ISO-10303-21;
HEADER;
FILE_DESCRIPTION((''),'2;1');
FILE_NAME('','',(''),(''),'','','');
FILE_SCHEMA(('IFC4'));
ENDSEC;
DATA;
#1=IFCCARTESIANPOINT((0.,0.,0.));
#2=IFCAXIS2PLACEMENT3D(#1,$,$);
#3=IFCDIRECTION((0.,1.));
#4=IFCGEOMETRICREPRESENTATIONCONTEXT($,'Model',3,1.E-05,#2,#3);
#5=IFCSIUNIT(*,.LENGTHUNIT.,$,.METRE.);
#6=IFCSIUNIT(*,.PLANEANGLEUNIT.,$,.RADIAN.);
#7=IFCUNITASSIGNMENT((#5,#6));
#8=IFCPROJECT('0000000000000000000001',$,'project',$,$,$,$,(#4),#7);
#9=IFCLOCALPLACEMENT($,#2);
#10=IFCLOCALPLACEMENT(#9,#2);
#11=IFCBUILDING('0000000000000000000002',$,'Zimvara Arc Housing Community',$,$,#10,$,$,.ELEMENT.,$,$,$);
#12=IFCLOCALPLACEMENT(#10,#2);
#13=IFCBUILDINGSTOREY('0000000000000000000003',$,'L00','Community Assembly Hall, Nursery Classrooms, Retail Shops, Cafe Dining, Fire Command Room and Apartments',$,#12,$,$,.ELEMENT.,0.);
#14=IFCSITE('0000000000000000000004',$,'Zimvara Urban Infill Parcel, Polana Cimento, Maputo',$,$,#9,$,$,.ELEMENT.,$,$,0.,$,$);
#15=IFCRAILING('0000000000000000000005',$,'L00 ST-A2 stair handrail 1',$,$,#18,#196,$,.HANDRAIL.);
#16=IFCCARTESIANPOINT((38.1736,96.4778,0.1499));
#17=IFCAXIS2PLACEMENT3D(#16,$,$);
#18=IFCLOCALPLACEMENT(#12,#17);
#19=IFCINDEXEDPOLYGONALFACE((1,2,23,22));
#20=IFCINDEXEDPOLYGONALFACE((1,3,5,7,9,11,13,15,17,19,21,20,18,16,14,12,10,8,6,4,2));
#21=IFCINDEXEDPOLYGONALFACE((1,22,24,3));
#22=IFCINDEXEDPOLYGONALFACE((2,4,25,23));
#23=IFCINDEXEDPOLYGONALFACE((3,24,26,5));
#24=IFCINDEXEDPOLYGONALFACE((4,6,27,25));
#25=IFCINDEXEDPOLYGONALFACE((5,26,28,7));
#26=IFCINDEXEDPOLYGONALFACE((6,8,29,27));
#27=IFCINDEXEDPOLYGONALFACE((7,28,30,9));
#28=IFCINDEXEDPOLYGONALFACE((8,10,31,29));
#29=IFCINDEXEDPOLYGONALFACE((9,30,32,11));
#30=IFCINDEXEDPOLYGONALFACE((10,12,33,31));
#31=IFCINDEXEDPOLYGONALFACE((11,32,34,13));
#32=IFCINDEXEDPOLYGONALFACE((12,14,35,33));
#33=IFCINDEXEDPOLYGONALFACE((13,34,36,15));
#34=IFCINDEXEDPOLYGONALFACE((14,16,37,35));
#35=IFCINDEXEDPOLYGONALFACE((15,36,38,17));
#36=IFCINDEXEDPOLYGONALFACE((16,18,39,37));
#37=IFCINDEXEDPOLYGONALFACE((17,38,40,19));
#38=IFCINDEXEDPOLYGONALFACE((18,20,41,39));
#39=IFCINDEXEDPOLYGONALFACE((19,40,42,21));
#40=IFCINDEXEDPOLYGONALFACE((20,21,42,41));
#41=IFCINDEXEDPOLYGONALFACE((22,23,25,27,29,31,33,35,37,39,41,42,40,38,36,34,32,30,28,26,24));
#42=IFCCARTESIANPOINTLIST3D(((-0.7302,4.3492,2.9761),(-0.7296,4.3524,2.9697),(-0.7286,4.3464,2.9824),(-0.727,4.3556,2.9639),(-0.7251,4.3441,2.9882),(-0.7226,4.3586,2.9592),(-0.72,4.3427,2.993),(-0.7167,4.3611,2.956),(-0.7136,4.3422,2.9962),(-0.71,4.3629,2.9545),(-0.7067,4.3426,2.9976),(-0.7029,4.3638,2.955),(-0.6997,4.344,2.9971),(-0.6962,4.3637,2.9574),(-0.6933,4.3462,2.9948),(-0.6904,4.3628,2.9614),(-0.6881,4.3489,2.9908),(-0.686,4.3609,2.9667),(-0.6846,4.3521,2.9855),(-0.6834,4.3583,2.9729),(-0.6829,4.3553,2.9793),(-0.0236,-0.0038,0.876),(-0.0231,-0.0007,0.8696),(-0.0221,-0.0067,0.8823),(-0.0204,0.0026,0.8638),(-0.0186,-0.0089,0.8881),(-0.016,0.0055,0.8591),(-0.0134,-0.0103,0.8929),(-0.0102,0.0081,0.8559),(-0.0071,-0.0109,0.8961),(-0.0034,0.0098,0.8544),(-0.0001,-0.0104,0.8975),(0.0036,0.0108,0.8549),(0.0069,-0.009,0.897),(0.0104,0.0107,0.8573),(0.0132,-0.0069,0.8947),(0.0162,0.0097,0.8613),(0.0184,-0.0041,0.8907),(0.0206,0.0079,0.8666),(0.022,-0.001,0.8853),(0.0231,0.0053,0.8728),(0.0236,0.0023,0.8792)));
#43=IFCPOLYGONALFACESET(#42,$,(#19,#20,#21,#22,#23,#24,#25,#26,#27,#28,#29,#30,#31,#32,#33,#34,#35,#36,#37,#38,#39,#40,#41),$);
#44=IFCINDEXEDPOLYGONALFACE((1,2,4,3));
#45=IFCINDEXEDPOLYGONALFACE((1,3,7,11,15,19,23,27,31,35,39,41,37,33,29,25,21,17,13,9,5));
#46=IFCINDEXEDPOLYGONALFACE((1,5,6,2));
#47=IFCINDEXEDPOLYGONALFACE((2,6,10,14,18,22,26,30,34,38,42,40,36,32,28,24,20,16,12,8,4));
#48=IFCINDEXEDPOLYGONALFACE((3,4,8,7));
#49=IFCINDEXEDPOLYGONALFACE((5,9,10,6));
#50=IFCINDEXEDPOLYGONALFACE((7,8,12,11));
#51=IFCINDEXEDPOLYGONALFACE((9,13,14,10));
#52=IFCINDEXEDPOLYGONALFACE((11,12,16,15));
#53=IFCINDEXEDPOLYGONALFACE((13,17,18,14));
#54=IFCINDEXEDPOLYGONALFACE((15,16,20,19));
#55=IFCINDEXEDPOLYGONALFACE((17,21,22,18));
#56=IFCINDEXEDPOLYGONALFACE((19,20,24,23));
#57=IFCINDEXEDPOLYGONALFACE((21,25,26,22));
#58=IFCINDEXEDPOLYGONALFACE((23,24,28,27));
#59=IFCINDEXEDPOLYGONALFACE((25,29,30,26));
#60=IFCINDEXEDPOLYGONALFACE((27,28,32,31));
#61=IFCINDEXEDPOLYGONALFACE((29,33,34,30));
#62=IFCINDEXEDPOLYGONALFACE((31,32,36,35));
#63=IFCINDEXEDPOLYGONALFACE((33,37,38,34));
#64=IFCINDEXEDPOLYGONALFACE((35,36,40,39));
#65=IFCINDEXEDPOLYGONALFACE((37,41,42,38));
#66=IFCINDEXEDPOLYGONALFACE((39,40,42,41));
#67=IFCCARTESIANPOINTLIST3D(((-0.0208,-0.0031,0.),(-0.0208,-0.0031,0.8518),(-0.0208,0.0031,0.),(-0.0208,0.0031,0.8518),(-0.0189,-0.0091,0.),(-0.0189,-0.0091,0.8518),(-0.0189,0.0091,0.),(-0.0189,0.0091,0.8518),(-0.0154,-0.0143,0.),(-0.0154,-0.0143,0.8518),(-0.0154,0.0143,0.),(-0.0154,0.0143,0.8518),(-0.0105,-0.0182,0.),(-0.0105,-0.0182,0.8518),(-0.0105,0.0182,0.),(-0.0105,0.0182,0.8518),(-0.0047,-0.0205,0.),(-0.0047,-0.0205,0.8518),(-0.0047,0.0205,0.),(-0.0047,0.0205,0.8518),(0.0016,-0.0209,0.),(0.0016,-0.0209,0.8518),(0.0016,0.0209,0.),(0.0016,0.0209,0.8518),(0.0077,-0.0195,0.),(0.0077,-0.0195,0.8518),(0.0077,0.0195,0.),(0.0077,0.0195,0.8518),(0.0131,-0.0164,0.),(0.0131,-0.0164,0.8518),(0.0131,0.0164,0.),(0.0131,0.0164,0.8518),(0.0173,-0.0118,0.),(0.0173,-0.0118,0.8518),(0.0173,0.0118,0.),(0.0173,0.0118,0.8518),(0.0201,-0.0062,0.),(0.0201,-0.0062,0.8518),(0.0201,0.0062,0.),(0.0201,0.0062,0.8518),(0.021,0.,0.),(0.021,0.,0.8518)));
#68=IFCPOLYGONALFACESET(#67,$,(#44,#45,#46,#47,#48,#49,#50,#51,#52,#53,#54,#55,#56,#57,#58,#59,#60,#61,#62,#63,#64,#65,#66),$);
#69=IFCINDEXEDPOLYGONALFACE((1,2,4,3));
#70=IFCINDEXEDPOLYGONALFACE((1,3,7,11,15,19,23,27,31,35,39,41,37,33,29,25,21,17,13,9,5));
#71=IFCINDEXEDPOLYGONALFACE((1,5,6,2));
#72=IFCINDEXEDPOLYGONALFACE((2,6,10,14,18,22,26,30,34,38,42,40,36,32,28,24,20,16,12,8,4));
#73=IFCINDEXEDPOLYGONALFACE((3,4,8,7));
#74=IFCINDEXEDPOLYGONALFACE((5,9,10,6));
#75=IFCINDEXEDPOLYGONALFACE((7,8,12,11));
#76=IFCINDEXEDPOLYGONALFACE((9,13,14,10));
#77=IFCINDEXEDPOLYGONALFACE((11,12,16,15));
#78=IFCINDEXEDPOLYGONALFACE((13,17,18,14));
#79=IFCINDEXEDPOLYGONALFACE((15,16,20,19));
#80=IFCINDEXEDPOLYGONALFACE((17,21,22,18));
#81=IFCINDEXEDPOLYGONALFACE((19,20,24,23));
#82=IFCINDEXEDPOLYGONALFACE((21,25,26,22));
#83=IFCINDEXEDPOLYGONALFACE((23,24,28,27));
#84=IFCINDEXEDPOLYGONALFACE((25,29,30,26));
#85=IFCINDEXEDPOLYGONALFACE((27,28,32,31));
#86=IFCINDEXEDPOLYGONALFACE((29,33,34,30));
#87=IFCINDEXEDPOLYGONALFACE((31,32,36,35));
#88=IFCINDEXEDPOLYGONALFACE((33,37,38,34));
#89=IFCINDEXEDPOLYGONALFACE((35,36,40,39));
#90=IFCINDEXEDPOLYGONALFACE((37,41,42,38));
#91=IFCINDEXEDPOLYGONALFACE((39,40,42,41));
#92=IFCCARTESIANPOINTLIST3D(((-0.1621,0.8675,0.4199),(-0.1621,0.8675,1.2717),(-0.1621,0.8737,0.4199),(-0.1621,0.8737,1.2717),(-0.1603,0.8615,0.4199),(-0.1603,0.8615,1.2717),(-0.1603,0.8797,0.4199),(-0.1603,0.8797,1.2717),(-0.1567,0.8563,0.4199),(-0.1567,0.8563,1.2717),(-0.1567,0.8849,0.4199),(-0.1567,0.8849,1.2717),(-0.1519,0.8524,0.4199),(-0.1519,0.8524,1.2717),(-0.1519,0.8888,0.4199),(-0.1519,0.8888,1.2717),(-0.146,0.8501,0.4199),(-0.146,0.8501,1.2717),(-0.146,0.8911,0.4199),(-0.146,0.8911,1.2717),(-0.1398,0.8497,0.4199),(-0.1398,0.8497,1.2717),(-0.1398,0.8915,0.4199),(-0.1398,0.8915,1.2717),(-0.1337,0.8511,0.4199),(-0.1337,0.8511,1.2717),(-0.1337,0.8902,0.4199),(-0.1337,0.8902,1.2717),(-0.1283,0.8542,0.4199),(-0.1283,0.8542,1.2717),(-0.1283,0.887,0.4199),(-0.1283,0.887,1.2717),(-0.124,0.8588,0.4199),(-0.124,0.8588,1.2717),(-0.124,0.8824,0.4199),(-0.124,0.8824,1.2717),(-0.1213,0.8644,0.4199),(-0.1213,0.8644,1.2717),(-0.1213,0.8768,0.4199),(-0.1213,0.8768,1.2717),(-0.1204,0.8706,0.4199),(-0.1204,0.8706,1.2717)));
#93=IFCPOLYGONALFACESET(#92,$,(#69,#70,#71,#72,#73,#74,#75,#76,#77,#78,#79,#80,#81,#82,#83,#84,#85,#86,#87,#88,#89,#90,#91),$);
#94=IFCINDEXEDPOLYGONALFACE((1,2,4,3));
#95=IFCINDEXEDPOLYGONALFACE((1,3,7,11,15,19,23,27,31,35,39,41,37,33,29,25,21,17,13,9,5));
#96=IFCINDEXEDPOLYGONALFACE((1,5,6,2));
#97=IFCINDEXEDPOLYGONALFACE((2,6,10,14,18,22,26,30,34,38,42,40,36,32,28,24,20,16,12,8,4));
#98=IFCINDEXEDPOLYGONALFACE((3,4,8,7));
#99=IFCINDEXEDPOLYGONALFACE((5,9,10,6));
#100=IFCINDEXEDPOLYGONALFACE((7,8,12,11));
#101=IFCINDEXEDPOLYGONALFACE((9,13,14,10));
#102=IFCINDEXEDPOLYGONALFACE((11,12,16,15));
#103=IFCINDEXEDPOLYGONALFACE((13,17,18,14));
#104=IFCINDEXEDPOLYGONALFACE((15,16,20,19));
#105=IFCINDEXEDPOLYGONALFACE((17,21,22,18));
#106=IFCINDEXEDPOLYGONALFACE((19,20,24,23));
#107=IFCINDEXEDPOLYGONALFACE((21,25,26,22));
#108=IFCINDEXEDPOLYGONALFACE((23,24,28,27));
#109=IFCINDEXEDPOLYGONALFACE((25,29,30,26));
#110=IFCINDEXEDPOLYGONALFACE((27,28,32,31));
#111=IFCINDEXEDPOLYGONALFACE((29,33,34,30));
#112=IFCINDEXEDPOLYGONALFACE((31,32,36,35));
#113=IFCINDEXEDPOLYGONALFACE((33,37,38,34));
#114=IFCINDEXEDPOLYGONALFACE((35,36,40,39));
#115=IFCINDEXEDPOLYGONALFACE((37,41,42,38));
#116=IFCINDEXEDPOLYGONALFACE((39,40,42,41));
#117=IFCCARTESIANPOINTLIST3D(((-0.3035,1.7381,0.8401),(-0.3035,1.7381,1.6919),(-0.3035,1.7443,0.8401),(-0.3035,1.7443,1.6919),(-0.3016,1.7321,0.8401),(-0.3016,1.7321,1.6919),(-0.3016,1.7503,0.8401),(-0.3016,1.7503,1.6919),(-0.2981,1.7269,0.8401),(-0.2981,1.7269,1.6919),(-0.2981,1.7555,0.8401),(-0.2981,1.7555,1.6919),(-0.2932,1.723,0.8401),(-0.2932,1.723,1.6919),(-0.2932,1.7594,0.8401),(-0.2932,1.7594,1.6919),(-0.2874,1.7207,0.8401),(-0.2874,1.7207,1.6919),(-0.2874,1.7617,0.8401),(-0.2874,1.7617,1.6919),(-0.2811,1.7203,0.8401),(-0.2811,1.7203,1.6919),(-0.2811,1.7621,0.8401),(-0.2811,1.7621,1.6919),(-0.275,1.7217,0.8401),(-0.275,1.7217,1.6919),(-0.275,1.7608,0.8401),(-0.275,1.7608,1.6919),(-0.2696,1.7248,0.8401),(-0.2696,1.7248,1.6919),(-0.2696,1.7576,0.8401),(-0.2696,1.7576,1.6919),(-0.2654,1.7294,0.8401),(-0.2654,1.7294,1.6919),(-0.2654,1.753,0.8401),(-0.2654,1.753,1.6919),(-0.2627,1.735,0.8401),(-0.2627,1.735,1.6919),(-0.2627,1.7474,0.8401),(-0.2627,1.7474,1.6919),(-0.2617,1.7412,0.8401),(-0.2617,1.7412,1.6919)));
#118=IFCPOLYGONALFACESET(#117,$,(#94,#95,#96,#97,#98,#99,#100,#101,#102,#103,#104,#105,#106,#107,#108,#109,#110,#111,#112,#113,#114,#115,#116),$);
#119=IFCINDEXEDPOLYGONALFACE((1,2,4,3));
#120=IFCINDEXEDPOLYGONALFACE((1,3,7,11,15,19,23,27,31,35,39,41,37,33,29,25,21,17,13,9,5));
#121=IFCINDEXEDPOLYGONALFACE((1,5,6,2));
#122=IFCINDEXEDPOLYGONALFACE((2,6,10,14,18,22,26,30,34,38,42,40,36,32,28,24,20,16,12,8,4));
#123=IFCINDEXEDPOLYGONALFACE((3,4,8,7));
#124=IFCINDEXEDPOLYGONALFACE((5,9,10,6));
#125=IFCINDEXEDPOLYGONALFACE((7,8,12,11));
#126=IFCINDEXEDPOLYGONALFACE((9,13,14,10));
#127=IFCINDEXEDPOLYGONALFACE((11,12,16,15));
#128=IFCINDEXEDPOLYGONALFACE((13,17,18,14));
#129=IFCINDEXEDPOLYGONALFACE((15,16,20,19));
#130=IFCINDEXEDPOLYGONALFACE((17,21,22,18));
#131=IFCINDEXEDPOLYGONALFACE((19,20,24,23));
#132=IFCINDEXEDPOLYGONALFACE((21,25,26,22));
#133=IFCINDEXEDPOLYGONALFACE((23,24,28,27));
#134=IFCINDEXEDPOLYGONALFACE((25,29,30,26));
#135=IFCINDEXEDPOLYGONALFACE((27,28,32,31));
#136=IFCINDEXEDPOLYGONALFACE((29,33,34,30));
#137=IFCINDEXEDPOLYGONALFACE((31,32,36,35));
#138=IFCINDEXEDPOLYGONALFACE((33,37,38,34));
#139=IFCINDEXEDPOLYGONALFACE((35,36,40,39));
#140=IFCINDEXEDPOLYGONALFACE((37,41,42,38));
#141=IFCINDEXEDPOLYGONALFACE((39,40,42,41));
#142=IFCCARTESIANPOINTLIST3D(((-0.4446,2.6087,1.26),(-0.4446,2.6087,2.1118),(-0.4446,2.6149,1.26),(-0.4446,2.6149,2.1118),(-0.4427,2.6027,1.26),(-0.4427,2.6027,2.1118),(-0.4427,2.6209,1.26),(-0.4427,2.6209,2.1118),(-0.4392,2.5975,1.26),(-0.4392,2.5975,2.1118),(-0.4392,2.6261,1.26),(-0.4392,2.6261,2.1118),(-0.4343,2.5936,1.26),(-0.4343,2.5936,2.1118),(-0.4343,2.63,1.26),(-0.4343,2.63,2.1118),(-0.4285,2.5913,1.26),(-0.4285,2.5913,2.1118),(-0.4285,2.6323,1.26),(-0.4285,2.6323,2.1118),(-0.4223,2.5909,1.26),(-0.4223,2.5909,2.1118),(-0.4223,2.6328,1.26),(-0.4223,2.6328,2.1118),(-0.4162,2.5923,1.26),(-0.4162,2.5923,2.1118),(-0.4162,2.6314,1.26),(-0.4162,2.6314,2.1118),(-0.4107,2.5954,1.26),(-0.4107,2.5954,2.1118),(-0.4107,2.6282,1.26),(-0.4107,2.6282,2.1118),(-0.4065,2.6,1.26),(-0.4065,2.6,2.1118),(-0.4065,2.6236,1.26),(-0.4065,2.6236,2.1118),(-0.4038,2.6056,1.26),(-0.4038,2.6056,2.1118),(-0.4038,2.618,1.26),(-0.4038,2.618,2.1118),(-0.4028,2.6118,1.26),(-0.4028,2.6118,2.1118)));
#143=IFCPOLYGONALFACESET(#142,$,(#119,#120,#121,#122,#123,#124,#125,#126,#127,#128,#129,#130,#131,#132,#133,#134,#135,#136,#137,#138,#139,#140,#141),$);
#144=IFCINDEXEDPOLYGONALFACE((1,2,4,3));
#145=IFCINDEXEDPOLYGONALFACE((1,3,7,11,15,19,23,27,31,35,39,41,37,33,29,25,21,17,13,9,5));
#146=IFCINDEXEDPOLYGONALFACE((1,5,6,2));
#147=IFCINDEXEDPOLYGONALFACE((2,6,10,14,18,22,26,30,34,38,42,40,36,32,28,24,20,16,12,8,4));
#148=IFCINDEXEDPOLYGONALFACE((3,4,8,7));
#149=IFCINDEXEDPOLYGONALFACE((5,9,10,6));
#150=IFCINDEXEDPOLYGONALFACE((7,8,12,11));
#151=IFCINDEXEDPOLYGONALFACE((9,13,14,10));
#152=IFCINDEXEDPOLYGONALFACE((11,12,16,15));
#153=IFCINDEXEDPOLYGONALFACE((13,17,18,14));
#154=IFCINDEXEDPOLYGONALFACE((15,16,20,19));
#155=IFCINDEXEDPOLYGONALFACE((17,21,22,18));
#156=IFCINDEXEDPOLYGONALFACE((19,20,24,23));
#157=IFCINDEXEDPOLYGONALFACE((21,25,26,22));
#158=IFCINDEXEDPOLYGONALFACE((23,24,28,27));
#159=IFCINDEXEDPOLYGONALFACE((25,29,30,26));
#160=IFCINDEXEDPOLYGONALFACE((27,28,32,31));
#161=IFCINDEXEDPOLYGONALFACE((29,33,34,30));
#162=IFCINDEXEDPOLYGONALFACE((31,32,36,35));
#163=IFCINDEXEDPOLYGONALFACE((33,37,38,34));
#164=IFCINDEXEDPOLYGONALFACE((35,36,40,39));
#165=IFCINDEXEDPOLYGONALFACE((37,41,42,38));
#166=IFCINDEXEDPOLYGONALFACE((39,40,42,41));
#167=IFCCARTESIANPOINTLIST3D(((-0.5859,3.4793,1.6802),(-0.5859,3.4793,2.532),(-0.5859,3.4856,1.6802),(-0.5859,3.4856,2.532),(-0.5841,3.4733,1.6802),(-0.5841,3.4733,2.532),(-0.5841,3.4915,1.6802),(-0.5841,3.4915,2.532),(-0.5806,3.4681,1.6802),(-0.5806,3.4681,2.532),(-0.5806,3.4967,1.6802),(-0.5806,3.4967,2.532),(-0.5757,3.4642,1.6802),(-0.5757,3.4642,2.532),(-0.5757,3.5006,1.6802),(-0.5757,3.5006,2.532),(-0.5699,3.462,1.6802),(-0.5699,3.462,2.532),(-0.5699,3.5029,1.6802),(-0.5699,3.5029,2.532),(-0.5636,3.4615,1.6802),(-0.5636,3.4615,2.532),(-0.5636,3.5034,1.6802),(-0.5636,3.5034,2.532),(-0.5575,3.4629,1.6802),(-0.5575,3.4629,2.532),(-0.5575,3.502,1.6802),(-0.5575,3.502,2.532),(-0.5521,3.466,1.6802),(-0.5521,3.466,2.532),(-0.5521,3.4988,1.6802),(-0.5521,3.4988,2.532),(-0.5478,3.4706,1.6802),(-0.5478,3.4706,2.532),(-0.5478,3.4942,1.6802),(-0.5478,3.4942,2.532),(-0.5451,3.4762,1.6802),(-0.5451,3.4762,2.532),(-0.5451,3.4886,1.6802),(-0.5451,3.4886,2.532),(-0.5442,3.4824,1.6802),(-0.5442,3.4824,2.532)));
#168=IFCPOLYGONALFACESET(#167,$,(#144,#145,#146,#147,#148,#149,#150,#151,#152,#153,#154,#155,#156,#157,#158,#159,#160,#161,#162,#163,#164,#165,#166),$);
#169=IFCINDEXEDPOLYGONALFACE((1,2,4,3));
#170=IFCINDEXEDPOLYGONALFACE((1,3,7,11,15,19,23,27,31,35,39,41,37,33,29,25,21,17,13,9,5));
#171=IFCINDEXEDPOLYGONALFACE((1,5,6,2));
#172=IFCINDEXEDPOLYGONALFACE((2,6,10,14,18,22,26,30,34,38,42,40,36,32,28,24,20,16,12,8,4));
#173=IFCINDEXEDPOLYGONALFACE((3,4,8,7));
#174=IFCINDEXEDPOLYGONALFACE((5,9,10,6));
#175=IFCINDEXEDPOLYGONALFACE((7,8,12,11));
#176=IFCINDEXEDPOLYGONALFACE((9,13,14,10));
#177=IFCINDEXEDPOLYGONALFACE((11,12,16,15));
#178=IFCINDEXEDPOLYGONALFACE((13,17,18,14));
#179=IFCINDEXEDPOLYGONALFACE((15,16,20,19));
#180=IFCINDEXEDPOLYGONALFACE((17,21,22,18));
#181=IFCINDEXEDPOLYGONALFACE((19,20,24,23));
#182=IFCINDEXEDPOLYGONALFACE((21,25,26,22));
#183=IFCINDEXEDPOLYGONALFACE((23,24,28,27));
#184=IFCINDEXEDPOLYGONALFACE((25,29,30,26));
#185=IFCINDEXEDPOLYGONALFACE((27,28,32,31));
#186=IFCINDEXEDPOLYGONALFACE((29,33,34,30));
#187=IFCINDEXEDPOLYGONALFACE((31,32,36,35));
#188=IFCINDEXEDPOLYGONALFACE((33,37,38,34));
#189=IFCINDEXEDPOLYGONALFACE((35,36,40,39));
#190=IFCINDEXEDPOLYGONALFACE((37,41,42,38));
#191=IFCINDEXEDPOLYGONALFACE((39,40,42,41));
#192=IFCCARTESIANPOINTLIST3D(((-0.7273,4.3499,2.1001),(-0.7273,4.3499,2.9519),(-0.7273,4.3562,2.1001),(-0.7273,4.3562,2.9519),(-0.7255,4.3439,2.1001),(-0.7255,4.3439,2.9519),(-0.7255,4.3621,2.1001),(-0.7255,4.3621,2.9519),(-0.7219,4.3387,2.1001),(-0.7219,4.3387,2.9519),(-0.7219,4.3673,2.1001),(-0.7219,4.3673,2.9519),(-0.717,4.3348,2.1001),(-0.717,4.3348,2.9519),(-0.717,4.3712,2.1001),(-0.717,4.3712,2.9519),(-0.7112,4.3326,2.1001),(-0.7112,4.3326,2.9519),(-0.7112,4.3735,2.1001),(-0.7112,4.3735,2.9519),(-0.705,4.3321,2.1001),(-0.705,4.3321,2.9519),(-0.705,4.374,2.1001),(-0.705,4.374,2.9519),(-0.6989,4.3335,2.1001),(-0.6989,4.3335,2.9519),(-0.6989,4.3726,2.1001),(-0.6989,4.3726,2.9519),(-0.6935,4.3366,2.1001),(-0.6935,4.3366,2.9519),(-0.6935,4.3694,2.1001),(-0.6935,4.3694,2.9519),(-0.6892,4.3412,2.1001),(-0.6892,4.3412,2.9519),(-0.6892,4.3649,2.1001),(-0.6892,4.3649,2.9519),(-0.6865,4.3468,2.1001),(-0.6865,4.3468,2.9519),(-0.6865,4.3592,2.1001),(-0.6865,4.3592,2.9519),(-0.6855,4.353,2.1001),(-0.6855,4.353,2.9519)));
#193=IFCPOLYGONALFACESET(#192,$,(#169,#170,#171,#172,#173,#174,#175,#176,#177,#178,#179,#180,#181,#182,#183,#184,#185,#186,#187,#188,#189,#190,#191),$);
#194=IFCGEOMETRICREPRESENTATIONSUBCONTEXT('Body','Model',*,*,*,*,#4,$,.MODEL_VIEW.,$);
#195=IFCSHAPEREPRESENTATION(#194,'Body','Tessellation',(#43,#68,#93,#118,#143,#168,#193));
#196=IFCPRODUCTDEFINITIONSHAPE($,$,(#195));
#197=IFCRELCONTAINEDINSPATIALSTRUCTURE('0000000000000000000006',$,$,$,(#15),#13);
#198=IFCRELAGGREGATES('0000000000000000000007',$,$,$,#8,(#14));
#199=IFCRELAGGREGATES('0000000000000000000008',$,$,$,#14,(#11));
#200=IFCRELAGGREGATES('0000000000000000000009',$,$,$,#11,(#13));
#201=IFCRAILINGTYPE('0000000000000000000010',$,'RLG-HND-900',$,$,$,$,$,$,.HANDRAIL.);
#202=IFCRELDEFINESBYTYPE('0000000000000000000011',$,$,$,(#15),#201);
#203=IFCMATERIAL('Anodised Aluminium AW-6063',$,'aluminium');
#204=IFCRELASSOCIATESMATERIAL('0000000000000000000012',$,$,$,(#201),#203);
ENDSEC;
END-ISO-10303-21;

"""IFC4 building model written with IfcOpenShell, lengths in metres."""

from ifc_helpers import new_model, si_unit, direction, frame, origin, origin_2d, place, context, subcontext, project, spatial, circle, extrude, material, type_object, element, save


model = new_model("IFC4")

# Units and contexts
model_context = context("Model", 3, precision=1e-05, world=origin(), true_north=direction((0.0, 1.0)))
body_context = subcontext(model_context, "Body", "Model", "MODEL_VIEW")
ifc_project = project(units=[si_unit("LENGTHUNIT", "METRE"), si_unit("PLANEANGLEUNIT", "RADIAN")], contexts=[model_context])

# Site, building, storey
site_placement = place(None, origin())
site = spatial("IfcSite", under=ifc_project, at=site_placement, Name="Zimvara Urban Infill Parcel, Polana Cimento, Maputo", CompositionType="ELEMENT", RefElevation=0.0)
building_placement = place(site_placement, origin())
building = spatial("IfcBuilding", under=site, at=building_placement, Name="Zimvara Arc Housing Community", CompositionType="ELEMENT")
storey_placement = place(building_placement, origin())
storey = spatial("IfcBuildingStorey", under=building, at=storey_placement, Name="L00", Description="Community Assembly Hall, Nursery Classrooms, Retail Shops, Cafe Dining, Fire Command Room and Apartments", CompositionType="ELEMENT", Elevation=0.0)

# Railing
ifc_material_1 = material(Name="Anodised Aluminium AW-6063", Category="aluminium")
railing_type_1 = type_object("IfcRailingType", Name="RLG-HND-900", PredefinedType="HANDRAIL", material=ifc_material_1)
railing_1_placement = place(storey_placement, frame((38.1736, 96.4778, 0.1499)))
element("IfcRailing", 1, at=railing_1_placement, inside=storey, type_object=railing_type_1, Name="L00 ST-A2 stair handrail 1", PredefinedType="HANDRAIL", context=body_context, shape_type="SweptSolid", body=[
    extrude(circle(Radius=0.0239, at=origin_2d()), frame((0.0, 0.0, 0.876), z_axis=(-0.14465, 0.89119, 0.42995), x_axis=(-0.987082, -0.160214, 0.0)), (0.0, 0.0, 1.0), 4.8845),
    extrude(circle(Radius=0.021, at=origin_2d()), origin(), (0.0, 0.0, 1.0), 0.8518),
    extrude(circle(Radius=0.021, at=origin_2d()), frame((-0.1414, 0.8706, 0.4199)), (0.0, 0.0, 1.0), 0.8518),
    extrude(circle(Radius=0.021, at=origin_2d()), frame((-0.2827, 1.7412, 0.8401)), (0.0, 0.0, 1.0), 0.8518),
    extrude(circle(Radius=0.021, at=origin_2d()), frame((-0.4238, 2.6118, 1.26)), (0.0, 0.0, 1.0), 0.8518),
    extrude(circle(Radius=0.021, at=origin_2d()), frame((-0.5652, 3.4824, 1.6802)), (0.0, 0.0, 1.0), 0.8518),
    extrude(circle(Radius=0.021, at=origin_2d()), frame((-0.7065, 4.353, 2.1001)), (0.0, 0.0, 1.0), 0.8518),
])

save(model, "model.ifc")
